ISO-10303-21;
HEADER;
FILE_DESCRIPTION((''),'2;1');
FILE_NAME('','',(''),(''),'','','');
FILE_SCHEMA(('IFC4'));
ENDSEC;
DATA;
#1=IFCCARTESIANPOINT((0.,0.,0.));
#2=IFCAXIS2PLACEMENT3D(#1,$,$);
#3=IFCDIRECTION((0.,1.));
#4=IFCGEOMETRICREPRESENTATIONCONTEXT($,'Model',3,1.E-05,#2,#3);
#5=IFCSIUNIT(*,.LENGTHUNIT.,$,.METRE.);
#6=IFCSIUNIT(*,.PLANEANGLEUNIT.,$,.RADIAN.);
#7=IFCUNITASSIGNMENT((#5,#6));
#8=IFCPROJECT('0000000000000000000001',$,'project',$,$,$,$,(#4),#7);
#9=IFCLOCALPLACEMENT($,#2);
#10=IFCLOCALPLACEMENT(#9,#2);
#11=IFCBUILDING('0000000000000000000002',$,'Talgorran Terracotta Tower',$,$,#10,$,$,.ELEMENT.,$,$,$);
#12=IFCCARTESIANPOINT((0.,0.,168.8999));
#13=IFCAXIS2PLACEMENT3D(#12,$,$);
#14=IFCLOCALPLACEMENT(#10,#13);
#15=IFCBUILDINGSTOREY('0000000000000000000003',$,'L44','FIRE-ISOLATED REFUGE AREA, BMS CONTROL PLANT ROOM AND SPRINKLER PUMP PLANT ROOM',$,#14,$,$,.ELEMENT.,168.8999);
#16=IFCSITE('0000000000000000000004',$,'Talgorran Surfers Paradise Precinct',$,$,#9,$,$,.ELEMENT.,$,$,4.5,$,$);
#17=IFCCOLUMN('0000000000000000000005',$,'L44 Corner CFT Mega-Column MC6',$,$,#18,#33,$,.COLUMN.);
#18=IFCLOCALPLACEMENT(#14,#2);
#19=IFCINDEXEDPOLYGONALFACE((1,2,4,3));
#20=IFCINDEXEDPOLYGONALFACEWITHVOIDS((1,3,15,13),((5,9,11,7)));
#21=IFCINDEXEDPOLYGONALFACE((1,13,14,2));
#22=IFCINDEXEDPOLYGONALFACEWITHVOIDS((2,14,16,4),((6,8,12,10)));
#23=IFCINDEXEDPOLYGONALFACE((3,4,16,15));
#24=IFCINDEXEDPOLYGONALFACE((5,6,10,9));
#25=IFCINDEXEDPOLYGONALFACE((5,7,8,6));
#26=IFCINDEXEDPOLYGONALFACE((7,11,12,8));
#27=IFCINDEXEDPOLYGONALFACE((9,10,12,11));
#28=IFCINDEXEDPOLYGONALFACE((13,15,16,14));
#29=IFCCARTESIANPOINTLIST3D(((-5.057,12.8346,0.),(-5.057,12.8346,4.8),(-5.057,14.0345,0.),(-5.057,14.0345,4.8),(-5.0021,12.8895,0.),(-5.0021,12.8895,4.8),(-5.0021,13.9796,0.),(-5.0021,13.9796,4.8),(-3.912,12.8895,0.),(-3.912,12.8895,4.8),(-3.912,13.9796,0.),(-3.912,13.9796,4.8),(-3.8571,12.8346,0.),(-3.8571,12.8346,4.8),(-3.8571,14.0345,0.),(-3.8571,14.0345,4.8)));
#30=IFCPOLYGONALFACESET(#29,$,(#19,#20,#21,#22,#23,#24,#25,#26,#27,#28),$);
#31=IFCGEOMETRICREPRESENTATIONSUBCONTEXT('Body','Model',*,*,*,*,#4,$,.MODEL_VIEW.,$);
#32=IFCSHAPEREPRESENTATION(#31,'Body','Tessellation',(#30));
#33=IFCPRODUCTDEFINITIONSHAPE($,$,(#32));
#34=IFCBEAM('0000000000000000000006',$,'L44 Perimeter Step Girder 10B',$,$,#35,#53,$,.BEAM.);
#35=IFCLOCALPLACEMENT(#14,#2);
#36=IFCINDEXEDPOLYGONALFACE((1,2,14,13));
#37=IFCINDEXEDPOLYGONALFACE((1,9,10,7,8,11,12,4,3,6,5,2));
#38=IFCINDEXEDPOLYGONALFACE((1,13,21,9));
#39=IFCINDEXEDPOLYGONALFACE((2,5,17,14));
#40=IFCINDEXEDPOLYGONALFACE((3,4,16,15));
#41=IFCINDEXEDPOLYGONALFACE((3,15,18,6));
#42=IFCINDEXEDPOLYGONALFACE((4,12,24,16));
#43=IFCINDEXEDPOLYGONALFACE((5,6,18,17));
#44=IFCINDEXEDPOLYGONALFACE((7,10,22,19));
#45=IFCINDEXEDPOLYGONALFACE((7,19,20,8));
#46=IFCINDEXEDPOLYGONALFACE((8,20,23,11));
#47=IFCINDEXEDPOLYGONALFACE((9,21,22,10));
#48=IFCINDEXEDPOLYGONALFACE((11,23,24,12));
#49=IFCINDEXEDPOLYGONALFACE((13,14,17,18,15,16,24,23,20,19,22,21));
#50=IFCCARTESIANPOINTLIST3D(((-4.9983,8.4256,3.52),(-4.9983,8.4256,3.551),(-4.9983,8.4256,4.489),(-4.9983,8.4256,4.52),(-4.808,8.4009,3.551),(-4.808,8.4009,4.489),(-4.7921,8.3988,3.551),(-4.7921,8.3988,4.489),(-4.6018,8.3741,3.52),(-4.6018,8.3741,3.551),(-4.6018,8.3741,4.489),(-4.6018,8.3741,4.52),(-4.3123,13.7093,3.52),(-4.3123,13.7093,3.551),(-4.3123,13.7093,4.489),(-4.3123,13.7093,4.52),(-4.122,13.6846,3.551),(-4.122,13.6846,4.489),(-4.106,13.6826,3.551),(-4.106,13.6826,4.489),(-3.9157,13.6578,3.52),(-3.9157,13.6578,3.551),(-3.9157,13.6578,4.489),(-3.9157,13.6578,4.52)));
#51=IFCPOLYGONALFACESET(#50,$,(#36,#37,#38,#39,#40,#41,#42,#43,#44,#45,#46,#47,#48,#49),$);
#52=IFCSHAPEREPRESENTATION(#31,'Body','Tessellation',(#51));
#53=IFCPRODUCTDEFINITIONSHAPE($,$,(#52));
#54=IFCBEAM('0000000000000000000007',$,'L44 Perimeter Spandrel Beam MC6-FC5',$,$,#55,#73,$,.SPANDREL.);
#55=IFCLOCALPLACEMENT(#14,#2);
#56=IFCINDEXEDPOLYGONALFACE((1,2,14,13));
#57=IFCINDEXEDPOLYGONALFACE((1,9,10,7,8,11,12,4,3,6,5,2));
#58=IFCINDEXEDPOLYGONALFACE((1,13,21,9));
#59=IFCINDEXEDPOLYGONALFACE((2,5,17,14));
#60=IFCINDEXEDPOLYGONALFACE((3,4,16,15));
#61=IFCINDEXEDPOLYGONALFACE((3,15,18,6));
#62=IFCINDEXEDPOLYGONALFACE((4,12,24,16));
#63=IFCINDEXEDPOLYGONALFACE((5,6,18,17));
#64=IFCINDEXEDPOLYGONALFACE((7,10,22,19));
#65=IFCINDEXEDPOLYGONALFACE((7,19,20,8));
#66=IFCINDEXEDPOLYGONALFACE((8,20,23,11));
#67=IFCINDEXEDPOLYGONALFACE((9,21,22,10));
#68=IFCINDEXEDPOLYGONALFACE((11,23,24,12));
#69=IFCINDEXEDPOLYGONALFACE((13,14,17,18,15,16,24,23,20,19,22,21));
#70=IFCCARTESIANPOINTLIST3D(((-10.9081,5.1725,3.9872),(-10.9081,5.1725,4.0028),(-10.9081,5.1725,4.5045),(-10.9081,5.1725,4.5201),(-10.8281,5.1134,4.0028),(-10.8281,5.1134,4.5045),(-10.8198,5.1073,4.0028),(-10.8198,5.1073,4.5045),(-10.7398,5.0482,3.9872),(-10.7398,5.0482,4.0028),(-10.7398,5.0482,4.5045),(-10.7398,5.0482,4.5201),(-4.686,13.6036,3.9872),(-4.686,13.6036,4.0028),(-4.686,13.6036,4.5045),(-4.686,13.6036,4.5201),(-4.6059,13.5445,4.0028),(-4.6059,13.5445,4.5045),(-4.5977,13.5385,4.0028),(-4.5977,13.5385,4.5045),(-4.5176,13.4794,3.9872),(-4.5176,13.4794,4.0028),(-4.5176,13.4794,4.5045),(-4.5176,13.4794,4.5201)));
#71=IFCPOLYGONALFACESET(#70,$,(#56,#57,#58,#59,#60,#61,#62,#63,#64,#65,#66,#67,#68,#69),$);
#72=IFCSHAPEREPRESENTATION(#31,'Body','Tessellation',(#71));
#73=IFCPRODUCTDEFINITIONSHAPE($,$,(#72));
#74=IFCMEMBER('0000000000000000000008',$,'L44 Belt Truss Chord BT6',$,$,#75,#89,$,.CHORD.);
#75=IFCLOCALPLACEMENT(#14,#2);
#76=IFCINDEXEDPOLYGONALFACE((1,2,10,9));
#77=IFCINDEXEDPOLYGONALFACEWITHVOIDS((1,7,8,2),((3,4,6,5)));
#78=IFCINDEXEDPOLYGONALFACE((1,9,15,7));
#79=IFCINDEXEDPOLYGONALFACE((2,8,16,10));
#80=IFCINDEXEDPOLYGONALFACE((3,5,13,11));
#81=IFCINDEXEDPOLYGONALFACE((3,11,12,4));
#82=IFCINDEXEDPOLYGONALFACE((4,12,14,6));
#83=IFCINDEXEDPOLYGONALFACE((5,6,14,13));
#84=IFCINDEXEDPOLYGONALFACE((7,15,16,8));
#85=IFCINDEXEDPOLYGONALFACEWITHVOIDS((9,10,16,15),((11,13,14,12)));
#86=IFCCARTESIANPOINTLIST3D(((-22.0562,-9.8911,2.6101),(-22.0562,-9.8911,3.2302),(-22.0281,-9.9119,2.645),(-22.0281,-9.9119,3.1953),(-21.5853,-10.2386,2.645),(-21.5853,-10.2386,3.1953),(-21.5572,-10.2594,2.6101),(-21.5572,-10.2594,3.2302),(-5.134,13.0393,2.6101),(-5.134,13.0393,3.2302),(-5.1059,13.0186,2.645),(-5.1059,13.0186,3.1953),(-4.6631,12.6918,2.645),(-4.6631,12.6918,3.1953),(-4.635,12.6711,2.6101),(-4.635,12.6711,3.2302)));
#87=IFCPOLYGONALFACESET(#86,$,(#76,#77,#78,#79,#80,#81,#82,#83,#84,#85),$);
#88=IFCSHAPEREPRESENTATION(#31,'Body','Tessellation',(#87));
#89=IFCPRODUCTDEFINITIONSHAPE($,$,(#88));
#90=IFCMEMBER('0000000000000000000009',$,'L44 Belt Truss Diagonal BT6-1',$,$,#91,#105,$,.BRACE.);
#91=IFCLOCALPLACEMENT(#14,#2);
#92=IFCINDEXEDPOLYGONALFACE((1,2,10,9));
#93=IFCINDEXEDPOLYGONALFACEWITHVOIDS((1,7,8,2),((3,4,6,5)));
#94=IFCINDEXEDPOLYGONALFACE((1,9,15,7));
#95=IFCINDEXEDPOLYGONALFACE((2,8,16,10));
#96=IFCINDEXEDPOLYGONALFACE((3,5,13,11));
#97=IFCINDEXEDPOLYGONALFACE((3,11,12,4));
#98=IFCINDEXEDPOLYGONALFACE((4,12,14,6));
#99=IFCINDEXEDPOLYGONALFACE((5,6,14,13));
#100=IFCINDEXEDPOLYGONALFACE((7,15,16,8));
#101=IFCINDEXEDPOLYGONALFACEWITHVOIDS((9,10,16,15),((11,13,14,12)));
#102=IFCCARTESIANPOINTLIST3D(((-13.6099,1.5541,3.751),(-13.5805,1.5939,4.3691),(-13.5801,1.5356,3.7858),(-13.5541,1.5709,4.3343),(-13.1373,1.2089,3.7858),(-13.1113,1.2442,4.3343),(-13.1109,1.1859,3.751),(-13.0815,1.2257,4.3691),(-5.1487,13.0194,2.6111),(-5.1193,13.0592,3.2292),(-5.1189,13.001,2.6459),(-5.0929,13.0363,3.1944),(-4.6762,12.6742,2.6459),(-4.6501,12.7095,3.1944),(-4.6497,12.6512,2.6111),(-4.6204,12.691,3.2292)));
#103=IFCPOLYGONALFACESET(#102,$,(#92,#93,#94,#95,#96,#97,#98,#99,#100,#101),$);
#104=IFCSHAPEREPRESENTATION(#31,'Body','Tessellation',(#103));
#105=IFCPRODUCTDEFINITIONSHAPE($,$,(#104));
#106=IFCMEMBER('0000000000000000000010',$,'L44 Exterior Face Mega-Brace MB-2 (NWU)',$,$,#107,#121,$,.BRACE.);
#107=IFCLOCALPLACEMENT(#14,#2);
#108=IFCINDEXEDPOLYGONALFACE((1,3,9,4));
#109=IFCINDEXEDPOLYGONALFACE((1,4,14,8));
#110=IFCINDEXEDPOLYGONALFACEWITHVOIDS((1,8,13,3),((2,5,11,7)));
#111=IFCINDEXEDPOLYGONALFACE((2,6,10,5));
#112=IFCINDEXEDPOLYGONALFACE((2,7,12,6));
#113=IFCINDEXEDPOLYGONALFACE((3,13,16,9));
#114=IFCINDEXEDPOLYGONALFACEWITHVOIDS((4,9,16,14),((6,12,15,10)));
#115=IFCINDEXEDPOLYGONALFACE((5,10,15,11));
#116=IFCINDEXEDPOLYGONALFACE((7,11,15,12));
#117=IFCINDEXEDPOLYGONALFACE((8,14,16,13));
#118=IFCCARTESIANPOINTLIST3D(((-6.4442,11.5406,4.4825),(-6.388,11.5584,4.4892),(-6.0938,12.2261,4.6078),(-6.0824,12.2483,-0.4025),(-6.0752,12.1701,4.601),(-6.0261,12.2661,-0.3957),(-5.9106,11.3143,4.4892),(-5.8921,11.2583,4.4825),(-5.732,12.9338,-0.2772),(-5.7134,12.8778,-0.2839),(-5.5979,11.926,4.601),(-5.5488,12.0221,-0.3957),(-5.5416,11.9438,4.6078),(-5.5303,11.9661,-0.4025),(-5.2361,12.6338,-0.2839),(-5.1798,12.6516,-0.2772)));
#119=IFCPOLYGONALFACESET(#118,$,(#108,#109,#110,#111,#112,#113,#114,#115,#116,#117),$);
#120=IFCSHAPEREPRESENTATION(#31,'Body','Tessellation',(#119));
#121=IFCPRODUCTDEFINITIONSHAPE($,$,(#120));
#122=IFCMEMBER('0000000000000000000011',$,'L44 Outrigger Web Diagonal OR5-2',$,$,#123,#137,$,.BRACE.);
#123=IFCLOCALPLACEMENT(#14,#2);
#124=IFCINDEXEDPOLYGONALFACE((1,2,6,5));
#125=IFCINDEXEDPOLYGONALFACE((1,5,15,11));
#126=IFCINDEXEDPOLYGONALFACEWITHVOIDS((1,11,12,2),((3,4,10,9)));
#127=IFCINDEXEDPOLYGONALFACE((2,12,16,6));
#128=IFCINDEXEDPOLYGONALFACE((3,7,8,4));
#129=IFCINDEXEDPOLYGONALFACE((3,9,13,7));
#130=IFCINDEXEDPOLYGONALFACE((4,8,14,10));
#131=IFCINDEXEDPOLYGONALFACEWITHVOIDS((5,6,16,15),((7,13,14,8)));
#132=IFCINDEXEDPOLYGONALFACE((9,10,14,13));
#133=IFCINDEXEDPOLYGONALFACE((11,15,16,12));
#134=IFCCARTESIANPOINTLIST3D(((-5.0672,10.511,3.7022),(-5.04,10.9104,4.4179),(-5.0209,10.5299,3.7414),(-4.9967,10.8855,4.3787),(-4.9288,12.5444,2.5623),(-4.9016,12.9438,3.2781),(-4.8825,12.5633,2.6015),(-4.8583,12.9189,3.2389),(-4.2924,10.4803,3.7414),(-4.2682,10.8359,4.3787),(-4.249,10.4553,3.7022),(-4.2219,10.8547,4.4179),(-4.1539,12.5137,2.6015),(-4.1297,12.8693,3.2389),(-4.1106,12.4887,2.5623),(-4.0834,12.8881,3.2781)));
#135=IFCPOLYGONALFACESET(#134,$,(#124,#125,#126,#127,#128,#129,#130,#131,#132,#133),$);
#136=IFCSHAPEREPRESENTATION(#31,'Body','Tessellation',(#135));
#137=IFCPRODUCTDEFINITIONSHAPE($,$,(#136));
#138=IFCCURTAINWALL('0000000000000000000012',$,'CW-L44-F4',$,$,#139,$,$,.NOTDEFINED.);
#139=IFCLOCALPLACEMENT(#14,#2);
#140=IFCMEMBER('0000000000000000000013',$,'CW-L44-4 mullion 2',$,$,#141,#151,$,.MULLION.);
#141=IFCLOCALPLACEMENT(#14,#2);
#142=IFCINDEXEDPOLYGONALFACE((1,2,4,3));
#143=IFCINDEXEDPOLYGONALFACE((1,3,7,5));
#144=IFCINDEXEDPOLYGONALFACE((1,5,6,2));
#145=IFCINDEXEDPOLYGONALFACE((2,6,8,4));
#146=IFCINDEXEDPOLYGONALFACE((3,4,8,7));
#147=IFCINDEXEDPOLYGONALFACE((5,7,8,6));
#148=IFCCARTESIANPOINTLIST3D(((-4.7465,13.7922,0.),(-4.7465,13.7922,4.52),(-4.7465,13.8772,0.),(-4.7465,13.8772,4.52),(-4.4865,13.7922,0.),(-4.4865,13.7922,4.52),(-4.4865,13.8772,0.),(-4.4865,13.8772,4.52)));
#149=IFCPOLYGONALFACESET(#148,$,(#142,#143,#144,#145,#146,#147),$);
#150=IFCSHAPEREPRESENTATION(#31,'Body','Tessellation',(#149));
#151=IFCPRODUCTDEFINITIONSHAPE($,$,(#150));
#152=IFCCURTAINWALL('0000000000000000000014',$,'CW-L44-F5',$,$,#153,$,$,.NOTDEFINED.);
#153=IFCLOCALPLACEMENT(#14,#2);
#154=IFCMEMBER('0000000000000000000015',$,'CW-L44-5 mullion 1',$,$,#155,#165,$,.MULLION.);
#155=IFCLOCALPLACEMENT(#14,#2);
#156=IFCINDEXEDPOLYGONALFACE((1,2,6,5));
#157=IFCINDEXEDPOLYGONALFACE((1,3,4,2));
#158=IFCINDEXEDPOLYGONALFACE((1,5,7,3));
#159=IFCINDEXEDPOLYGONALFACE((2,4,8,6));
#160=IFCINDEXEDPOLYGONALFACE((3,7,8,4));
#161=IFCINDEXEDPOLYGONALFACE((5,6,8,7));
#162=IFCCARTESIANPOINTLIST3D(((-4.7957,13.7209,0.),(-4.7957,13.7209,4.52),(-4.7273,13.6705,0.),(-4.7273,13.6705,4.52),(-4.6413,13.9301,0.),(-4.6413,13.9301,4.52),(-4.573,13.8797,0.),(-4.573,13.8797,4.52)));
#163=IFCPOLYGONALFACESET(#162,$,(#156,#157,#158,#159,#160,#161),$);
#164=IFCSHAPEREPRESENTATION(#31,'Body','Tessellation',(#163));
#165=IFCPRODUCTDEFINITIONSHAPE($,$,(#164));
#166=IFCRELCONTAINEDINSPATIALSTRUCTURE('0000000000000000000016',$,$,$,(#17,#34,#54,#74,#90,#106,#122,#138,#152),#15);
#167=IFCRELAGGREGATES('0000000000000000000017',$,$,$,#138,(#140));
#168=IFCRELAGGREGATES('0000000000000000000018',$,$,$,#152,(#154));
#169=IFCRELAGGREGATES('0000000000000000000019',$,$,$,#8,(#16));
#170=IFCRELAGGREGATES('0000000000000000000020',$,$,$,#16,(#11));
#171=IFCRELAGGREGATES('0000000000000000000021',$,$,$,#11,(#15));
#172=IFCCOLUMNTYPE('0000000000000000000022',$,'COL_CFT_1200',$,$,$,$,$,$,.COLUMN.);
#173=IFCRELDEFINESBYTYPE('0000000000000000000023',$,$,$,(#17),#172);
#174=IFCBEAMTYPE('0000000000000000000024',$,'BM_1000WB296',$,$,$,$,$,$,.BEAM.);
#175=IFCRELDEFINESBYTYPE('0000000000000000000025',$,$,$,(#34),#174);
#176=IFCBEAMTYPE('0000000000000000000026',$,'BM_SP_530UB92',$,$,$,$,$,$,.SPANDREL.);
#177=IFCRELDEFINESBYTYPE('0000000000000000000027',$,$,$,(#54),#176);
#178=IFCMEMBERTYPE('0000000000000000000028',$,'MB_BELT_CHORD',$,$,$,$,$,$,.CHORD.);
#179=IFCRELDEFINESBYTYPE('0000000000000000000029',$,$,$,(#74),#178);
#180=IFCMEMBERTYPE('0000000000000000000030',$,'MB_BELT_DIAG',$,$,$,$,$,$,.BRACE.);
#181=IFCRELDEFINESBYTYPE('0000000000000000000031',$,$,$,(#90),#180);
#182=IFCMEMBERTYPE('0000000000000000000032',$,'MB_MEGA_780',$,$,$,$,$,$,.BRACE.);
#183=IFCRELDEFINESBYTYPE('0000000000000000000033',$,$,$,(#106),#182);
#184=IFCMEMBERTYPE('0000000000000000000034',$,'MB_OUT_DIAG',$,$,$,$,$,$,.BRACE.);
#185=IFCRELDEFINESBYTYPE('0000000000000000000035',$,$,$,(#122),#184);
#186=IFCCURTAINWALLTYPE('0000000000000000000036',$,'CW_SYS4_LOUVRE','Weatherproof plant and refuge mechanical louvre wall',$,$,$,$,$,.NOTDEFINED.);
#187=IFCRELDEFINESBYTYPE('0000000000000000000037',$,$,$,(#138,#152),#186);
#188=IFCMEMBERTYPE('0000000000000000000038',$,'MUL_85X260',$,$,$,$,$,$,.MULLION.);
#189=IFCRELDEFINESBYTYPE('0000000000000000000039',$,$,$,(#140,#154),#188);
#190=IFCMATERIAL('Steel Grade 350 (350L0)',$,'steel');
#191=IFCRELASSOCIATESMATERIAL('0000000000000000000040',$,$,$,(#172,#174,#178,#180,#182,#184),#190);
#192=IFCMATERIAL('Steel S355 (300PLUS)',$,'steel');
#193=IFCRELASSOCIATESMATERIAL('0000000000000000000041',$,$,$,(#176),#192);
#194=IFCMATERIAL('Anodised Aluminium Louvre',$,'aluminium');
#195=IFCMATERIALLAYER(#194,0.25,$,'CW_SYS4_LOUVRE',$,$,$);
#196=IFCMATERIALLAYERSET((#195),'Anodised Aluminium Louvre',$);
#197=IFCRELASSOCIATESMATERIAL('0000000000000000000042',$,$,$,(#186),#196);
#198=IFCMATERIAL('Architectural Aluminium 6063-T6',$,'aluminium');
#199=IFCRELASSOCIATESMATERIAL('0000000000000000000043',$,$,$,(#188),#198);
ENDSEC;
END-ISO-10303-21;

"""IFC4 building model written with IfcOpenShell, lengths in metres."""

from ifc_helpers import new_model, si_unit, direction, frame, origin, origin_2d, place, context, subcontext, project, spatial, rectangle, hollow_rectangle, i_section, extrude, material, layer, layer_set, material_profile, profile_set, type_object, element, aggregate, save


model = new_model("IFC4")

# Units and contexts
model_context = context("Model", 3, precision=1e-05, world=origin(), true_north=direction((0.0, 1.0)))
body_context = subcontext(model_context, "Body", "Model", "MODEL_VIEW")
ifc_project = project(units=[si_unit("LENGTHUNIT", "METRE"), si_unit("PLANEANGLEUNIT", "RADIAN")], contexts=[model_context])

# Site, building, storey
site_placement = place(None, origin())
site = spatial("IfcSite", under=ifc_project, at=site_placement, Name="Talgorran Surfers Paradise Precinct", CompositionType="ELEMENT", RefElevation=4.5)
building_placement = place(site_placement, origin())
building = spatial("IfcBuilding", under=site, at=building_placement, Name="Talgorran Terracotta Tower", CompositionType="ELEMENT")
storey_placement = place(building_placement, frame((0.0, 0.0, 168.8999)))
storey = spatial("IfcBuildingStorey", under=building, at=storey_placement, Name="L44", Description="FIRE-ISOLATED REFUGE AREA, BMS CONTROL PLANT ROOM AND SPRINKLER PUMP PLANT ROOM", CompositionType="ELEMENT", Elevation=168.8999)

# Column
ifc_material_1 = material(Name="Steel Grade 350 (350L0)", Category="steel")
ifc_material_profile_1 = material_profile(ifc_material_1, hollow_rectangle(XDim=1.2, YDim=1.2, WallThickness=0.0549, at=origin_2d()), Name="CFT1200X1200X55")
ifc_profile_set_1 = profile_set([ifc_material_profile_1], Name="Steel Grade 350 (350L0)")
column_type = type_object("IfcColumnType", Name="COL_CFT_1200", PredefinedType="COLUMN", material=ifc_profile_set_1)
column_placement = place(storey_placement, frame((-4.457, 13.4346, 0.0), z_axis=(0.0, 0.0, 1.0), x_axis=(1.0, 0.0, 0.0)))
element("IfcColumn", 1, at=column_placement, inside=storey, type_object=column_type, Name="L44 Corner CFT Mega-Column MC6", PredefinedType="COLUMN", context=body_context, shape_type="SweptSolid", body=[
    extrude(hollow_rectangle(XDim=1.2, YDim=1.2, WallThickness=0.0549, at=origin_2d()), origin(), (0.0, 0.0, 1.0), 4.8),
])

# Beams
ifc_material_profile_2 = material_profile(ifc_material_1, i_section(OverallWidth=0.3999, OverallDepth=1.0, WebThickness=0.0161, FlangeThickness=0.031, at=origin_2d()), Name="1000WB296")
ifc_profile_set_2 = profile_set([ifc_material_profile_2], Name="Steel Grade 350 (350L0)")
beam_type_1 = type_object("IfcBeamType", Name="BM_1000WB296", PredefinedType="BEAM", material=ifc_profile_set_2)
beam_1_placement = place(storey_placement, frame((-4.114, 13.6836, 4.02), z_axis=(-0.128759, -0.991676, 0.0), x_axis=(0.991676, -0.128759, 0.0)))
element("IfcBeam", 2, at=beam_1_placement, inside=storey, type_object=beam_type_1, Name="L44 Perimeter Step Girder 10B", PredefinedType="BEAM", context=body_context, shape_type="SweptSolid", body=[
    extrude(i_section(OverallWidth=0.3999, OverallDepth=1.0, WebThickness=0.0161, FlangeThickness=0.031, at=origin_2d()), origin(), (0.0, 0.0, 1.0), 5.3281),
])
ifc_material_2 = material(Name="Steel S355 (300PLUS)", Category="steel")
ifc_material_profile_3 = material_profile(ifc_material_2, i_section(OverallWidth=0.2092, OverallDepth=0.533, WebThickness=0.0103, FlangeThickness=0.0156, at=origin_2d()), Name="530UB92.4")
ifc_profile_set_3 = profile_set([ifc_material_profile_3], Name="Steel S355 (300PLUS)")
beam_type_2 = type_object("IfcBeamType", Name="BM_SP_530UB92", PredefinedType="SPANDREL", material=ifc_profile_set_3)
beam_2_placement = place(storey_placement, frame((-4.6018, 13.5415, 4.2537), z_axis=(-0.593801, -0.804612, 0.0), x_axis=(0.804612, -0.593801, 0.0)))
element("IfcBeam", 3, at=beam_2_placement, inside=storey, type_object=beam_type_2, Name="L44 Perimeter Spandrel Beam MC6-FC5", PredefinedType="SPANDREL", context=body_context, shape_type="SweptSolid", body=[
    extrude(i_section(OverallWidth=0.2092, OverallDepth=0.533, WebThickness=0.0103, FlangeThickness=0.0156, at=origin_2d()), origin(), (0.0, 0.0, 1.0), 10.4785),
])

# Members
ifc_material_profile_4 = material_profile(ifc_material_1, hollow_rectangle(XDim=0.6201, YDim=0.6201, WallThickness=0.0349, at=origin_2d()), Name="WBOX620X620X35")
ifc_profile_set_4 = profile_set([ifc_material_profile_4], Name="Steel Grade 350 (350L0)")
member_type_1 = type_object("IfcMemberType", Name="MB_BELT_CHORD", PredefinedType="CHORD", material=ifc_profile_set_4)
member_1_placement = place(storey_placement, frame((-4.8845, 12.8552, 2.9202), z_axis=(-0.593791, -0.80462, 0.0), x_axis=(0.80462, -0.593791, 0.0)))
element("IfcMember", 4, at=member_1_placement, inside=storey, type_object=member_type_1, Name="L44 Belt Truss Chord BT6", PredefinedType="CHORD", context=body_context, shape_type="SweptSolid", body=[
    extrude(hollow_rectangle(XDim=0.6201, YDim=0.6201, WallThickness=0.0349, at=origin_2d()), origin(), (0.0, 0.0, 1.0), 28.4985),
])
ifc_material_profile_5 = material_profile(ifc_material_1, hollow_rectangle(XDim=0.6201, YDim=0.6201, WallThickness=0.0349, at=origin_2d()), Name="WBOX620X620X35")
ifc_profile_set_5 = profile_set([ifc_material_profile_5], Name="Steel Grade 350 (350L0)")
member_type_2 = type_object("IfcMemberType", Name="MB_BELT_DIAG", PredefinedType="BRACE", material=ifc_profile_set_5)
member_2_placement = place(storey_placement, frame((-4.8845, 12.8552, 2.9202), z_axis=(-0.591901, -0.802056, 0.079741), x_axis=(0.804619, -0.593792, 0.0)))
element("IfcMember", 5, at=member_2_placement, inside=storey, type_object=member_type_2, Name="L44 Belt Truss Diagonal BT6-1", PredefinedType="BRACE", context=body_context, shape_type="SweptSolid", body=[
    extrude(hollow_rectangle(XDim=0.6201, YDim=0.6201, WallThickness=0.0349, at=origin_2d()), origin(), (0.0, 0.0, 1.0), 14.2949),
])
ifc_material_profile_6 = material_profile(ifc_material_1, hollow_rectangle(XDim=0.6201, YDim=0.78, WallThickness=0.042, at=origin_2d()), Name="WBOX780X620X42")
ifc_profile_set_6 = profile_set([ifc_material_profile_6], Name="Steel Grade 350 (350L0)")
member_type_3 = type_object("IfcMemberType", Name="MB_MEGA_780", PredefinedType="BRACE", material=ifc_profile_set_6)
member_3_placement = place(storey_placement, frame((-5.6311, 12.45, -0.3398), z_axis=(-0.073105, -0.143004, 0.987018), x_axis=(0.890399, -0.455181, 0.0)))
element("IfcMember", 6, at=member_3_placement, inside=storey, type_object=member_type_3, Name="L44 Exterior Face Mega-Brace MB-2 (NWU)", PredefinedType="BRACE", context=body_context, shape_type="SweptSolid", body=[
    extrude(hollow_rectangle(XDim=0.6201, YDim=0.78, WallThickness=0.042, at=origin_2d()), origin(), (0.0, 0.0, 1.0), 4.9492),
])
ifc_material_profile_7 = material_profile(ifc_material_1, hollow_rectangle(XDim=0.8201, YDim=0.8201, WallThickness=0.0449, at=origin_2d()), Name="WBOX820X820X45")
ifc_profile_set_7 = profile_set([ifc_material_profile_7], Name="Steel Grade 350 (350L0)")
member_type_4 = type_object("IfcMemberType", Name="MB_OUT_DIAG", PredefinedType="BRACE", material=ifc_profile_set_7)
member_4_placement = place(storey_placement, frame((-4.6445, 10.6829, 4.0601), z_axis=(0.059277, 0.87076, -0.488123), x_axis=(-0.997691, 0.067918, 0.0)))
element("IfcMember", 7, at=member_4_placement, inside=storey, type_object=member_type_4, Name="L44 Outrigger Web Diagonal OR5-2", PredefinedType="BRACE", context=body_context, shape_type="SweptSolid", body=[
    extrude(hollow_rectangle(XDim=0.8201, YDim=0.8201, WallThickness=0.0449, at=origin_2d()), origin(), (0.0, 0.0, 1.0), 2.3352),
])

# Curtain wall, member
ifc_material_3 = material(Name="Anodised Aluminium Louvre", Category="aluminium")
ifc_layer_1 = layer(ifc_material_3, 0.25, Name="CW_SYS4_LOUVRE")
ifc_layer_set_1 = layer_set([ifc_layer_1], Name="Anodised Aluminium Louvre")
curtain_wall_type = type_object("IfcCurtainWallType", Name="CW_SYS4_LOUVRE", Description="Weatherproof plant and refuge mechanical louvre wall", PredefinedType="NOTDEFINED", material=ifc_layer_set_1)
curtain_wall_1_placement = place(storey_placement, origin())
curtain_wall_1 = element("IfcCurtainWall", 8, at=curtain_wall_1_placement, inside=storey, type_object=curtain_wall_type, Name="CW-L44-F4", PredefinedType="NOTDEFINED")
ifc_material_4 = material(Name="Architectural Aluminium 6063-T6", Category="aluminium")
ifc_material_profile_8 = material_profile(ifc_material_4, rectangle(XDim=0.085, YDim=0.26, at=origin_2d()), Name="CWM85X260")
ifc_profile_set_8 = profile_set([ifc_material_profile_8], Name="Architectural Aluminium 6063-T6")
member_type_5 = type_object("IfcMemberType", Name="MUL_85X260", PredefinedType="MULLION", material=ifc_profile_set_8)
member_5_placement = place(storey_placement, frame((-4.6165, 13.8347, 0.0), z_axis=(0.0, 0.0, 1.0), x_axis=(0.0, -1.0, 0.0)))
member_5 = element("IfcMember", 9, at=member_5_placement, type_object=member_type_5, Name="CW-L44-4 mullion 2", PredefinedType="MULLION", context=body_context, shape_type="SweptSolid", body=[
    extrude(rectangle(XDim=0.085, YDim=0.26, at=origin_2d()), origin(), (0.0, 0.0, 1.0), 4.52),
])
aggregate(curtain_wall_1, [member_5])

# Curtain wall, member
curtain_wall_2_placement = place(storey_placement, origin())
curtain_wall_2 = element("IfcCurtainWall", 10, at=curtain_wall_2_placement, inside=storey, type_object=curtain_wall_type, Name="CW-L44-F5", PredefinedType="NOTDEFINED")
member_6_placement = place(storey_placement, frame((-4.6843, 13.8003, 0.0), z_axis=(0.0, 0.0, 1.0), x_axis=(0.804622, -0.593787, 0.0)))
member_6 = element("IfcMember", 11, at=member_6_placement, type_object=member_type_5, Name="CW-L44-5 mullion 1", PredefinedType="MULLION", context=body_context, shape_type="SweptSolid", body=[
    extrude(rectangle(XDim=0.085, YDim=0.26, at=origin_2d()), origin(), (0.0, 0.0, 1.0), 4.52),
])

aggregate(curtain_wall_2, [member_6])

save(model, "model.ifc")
